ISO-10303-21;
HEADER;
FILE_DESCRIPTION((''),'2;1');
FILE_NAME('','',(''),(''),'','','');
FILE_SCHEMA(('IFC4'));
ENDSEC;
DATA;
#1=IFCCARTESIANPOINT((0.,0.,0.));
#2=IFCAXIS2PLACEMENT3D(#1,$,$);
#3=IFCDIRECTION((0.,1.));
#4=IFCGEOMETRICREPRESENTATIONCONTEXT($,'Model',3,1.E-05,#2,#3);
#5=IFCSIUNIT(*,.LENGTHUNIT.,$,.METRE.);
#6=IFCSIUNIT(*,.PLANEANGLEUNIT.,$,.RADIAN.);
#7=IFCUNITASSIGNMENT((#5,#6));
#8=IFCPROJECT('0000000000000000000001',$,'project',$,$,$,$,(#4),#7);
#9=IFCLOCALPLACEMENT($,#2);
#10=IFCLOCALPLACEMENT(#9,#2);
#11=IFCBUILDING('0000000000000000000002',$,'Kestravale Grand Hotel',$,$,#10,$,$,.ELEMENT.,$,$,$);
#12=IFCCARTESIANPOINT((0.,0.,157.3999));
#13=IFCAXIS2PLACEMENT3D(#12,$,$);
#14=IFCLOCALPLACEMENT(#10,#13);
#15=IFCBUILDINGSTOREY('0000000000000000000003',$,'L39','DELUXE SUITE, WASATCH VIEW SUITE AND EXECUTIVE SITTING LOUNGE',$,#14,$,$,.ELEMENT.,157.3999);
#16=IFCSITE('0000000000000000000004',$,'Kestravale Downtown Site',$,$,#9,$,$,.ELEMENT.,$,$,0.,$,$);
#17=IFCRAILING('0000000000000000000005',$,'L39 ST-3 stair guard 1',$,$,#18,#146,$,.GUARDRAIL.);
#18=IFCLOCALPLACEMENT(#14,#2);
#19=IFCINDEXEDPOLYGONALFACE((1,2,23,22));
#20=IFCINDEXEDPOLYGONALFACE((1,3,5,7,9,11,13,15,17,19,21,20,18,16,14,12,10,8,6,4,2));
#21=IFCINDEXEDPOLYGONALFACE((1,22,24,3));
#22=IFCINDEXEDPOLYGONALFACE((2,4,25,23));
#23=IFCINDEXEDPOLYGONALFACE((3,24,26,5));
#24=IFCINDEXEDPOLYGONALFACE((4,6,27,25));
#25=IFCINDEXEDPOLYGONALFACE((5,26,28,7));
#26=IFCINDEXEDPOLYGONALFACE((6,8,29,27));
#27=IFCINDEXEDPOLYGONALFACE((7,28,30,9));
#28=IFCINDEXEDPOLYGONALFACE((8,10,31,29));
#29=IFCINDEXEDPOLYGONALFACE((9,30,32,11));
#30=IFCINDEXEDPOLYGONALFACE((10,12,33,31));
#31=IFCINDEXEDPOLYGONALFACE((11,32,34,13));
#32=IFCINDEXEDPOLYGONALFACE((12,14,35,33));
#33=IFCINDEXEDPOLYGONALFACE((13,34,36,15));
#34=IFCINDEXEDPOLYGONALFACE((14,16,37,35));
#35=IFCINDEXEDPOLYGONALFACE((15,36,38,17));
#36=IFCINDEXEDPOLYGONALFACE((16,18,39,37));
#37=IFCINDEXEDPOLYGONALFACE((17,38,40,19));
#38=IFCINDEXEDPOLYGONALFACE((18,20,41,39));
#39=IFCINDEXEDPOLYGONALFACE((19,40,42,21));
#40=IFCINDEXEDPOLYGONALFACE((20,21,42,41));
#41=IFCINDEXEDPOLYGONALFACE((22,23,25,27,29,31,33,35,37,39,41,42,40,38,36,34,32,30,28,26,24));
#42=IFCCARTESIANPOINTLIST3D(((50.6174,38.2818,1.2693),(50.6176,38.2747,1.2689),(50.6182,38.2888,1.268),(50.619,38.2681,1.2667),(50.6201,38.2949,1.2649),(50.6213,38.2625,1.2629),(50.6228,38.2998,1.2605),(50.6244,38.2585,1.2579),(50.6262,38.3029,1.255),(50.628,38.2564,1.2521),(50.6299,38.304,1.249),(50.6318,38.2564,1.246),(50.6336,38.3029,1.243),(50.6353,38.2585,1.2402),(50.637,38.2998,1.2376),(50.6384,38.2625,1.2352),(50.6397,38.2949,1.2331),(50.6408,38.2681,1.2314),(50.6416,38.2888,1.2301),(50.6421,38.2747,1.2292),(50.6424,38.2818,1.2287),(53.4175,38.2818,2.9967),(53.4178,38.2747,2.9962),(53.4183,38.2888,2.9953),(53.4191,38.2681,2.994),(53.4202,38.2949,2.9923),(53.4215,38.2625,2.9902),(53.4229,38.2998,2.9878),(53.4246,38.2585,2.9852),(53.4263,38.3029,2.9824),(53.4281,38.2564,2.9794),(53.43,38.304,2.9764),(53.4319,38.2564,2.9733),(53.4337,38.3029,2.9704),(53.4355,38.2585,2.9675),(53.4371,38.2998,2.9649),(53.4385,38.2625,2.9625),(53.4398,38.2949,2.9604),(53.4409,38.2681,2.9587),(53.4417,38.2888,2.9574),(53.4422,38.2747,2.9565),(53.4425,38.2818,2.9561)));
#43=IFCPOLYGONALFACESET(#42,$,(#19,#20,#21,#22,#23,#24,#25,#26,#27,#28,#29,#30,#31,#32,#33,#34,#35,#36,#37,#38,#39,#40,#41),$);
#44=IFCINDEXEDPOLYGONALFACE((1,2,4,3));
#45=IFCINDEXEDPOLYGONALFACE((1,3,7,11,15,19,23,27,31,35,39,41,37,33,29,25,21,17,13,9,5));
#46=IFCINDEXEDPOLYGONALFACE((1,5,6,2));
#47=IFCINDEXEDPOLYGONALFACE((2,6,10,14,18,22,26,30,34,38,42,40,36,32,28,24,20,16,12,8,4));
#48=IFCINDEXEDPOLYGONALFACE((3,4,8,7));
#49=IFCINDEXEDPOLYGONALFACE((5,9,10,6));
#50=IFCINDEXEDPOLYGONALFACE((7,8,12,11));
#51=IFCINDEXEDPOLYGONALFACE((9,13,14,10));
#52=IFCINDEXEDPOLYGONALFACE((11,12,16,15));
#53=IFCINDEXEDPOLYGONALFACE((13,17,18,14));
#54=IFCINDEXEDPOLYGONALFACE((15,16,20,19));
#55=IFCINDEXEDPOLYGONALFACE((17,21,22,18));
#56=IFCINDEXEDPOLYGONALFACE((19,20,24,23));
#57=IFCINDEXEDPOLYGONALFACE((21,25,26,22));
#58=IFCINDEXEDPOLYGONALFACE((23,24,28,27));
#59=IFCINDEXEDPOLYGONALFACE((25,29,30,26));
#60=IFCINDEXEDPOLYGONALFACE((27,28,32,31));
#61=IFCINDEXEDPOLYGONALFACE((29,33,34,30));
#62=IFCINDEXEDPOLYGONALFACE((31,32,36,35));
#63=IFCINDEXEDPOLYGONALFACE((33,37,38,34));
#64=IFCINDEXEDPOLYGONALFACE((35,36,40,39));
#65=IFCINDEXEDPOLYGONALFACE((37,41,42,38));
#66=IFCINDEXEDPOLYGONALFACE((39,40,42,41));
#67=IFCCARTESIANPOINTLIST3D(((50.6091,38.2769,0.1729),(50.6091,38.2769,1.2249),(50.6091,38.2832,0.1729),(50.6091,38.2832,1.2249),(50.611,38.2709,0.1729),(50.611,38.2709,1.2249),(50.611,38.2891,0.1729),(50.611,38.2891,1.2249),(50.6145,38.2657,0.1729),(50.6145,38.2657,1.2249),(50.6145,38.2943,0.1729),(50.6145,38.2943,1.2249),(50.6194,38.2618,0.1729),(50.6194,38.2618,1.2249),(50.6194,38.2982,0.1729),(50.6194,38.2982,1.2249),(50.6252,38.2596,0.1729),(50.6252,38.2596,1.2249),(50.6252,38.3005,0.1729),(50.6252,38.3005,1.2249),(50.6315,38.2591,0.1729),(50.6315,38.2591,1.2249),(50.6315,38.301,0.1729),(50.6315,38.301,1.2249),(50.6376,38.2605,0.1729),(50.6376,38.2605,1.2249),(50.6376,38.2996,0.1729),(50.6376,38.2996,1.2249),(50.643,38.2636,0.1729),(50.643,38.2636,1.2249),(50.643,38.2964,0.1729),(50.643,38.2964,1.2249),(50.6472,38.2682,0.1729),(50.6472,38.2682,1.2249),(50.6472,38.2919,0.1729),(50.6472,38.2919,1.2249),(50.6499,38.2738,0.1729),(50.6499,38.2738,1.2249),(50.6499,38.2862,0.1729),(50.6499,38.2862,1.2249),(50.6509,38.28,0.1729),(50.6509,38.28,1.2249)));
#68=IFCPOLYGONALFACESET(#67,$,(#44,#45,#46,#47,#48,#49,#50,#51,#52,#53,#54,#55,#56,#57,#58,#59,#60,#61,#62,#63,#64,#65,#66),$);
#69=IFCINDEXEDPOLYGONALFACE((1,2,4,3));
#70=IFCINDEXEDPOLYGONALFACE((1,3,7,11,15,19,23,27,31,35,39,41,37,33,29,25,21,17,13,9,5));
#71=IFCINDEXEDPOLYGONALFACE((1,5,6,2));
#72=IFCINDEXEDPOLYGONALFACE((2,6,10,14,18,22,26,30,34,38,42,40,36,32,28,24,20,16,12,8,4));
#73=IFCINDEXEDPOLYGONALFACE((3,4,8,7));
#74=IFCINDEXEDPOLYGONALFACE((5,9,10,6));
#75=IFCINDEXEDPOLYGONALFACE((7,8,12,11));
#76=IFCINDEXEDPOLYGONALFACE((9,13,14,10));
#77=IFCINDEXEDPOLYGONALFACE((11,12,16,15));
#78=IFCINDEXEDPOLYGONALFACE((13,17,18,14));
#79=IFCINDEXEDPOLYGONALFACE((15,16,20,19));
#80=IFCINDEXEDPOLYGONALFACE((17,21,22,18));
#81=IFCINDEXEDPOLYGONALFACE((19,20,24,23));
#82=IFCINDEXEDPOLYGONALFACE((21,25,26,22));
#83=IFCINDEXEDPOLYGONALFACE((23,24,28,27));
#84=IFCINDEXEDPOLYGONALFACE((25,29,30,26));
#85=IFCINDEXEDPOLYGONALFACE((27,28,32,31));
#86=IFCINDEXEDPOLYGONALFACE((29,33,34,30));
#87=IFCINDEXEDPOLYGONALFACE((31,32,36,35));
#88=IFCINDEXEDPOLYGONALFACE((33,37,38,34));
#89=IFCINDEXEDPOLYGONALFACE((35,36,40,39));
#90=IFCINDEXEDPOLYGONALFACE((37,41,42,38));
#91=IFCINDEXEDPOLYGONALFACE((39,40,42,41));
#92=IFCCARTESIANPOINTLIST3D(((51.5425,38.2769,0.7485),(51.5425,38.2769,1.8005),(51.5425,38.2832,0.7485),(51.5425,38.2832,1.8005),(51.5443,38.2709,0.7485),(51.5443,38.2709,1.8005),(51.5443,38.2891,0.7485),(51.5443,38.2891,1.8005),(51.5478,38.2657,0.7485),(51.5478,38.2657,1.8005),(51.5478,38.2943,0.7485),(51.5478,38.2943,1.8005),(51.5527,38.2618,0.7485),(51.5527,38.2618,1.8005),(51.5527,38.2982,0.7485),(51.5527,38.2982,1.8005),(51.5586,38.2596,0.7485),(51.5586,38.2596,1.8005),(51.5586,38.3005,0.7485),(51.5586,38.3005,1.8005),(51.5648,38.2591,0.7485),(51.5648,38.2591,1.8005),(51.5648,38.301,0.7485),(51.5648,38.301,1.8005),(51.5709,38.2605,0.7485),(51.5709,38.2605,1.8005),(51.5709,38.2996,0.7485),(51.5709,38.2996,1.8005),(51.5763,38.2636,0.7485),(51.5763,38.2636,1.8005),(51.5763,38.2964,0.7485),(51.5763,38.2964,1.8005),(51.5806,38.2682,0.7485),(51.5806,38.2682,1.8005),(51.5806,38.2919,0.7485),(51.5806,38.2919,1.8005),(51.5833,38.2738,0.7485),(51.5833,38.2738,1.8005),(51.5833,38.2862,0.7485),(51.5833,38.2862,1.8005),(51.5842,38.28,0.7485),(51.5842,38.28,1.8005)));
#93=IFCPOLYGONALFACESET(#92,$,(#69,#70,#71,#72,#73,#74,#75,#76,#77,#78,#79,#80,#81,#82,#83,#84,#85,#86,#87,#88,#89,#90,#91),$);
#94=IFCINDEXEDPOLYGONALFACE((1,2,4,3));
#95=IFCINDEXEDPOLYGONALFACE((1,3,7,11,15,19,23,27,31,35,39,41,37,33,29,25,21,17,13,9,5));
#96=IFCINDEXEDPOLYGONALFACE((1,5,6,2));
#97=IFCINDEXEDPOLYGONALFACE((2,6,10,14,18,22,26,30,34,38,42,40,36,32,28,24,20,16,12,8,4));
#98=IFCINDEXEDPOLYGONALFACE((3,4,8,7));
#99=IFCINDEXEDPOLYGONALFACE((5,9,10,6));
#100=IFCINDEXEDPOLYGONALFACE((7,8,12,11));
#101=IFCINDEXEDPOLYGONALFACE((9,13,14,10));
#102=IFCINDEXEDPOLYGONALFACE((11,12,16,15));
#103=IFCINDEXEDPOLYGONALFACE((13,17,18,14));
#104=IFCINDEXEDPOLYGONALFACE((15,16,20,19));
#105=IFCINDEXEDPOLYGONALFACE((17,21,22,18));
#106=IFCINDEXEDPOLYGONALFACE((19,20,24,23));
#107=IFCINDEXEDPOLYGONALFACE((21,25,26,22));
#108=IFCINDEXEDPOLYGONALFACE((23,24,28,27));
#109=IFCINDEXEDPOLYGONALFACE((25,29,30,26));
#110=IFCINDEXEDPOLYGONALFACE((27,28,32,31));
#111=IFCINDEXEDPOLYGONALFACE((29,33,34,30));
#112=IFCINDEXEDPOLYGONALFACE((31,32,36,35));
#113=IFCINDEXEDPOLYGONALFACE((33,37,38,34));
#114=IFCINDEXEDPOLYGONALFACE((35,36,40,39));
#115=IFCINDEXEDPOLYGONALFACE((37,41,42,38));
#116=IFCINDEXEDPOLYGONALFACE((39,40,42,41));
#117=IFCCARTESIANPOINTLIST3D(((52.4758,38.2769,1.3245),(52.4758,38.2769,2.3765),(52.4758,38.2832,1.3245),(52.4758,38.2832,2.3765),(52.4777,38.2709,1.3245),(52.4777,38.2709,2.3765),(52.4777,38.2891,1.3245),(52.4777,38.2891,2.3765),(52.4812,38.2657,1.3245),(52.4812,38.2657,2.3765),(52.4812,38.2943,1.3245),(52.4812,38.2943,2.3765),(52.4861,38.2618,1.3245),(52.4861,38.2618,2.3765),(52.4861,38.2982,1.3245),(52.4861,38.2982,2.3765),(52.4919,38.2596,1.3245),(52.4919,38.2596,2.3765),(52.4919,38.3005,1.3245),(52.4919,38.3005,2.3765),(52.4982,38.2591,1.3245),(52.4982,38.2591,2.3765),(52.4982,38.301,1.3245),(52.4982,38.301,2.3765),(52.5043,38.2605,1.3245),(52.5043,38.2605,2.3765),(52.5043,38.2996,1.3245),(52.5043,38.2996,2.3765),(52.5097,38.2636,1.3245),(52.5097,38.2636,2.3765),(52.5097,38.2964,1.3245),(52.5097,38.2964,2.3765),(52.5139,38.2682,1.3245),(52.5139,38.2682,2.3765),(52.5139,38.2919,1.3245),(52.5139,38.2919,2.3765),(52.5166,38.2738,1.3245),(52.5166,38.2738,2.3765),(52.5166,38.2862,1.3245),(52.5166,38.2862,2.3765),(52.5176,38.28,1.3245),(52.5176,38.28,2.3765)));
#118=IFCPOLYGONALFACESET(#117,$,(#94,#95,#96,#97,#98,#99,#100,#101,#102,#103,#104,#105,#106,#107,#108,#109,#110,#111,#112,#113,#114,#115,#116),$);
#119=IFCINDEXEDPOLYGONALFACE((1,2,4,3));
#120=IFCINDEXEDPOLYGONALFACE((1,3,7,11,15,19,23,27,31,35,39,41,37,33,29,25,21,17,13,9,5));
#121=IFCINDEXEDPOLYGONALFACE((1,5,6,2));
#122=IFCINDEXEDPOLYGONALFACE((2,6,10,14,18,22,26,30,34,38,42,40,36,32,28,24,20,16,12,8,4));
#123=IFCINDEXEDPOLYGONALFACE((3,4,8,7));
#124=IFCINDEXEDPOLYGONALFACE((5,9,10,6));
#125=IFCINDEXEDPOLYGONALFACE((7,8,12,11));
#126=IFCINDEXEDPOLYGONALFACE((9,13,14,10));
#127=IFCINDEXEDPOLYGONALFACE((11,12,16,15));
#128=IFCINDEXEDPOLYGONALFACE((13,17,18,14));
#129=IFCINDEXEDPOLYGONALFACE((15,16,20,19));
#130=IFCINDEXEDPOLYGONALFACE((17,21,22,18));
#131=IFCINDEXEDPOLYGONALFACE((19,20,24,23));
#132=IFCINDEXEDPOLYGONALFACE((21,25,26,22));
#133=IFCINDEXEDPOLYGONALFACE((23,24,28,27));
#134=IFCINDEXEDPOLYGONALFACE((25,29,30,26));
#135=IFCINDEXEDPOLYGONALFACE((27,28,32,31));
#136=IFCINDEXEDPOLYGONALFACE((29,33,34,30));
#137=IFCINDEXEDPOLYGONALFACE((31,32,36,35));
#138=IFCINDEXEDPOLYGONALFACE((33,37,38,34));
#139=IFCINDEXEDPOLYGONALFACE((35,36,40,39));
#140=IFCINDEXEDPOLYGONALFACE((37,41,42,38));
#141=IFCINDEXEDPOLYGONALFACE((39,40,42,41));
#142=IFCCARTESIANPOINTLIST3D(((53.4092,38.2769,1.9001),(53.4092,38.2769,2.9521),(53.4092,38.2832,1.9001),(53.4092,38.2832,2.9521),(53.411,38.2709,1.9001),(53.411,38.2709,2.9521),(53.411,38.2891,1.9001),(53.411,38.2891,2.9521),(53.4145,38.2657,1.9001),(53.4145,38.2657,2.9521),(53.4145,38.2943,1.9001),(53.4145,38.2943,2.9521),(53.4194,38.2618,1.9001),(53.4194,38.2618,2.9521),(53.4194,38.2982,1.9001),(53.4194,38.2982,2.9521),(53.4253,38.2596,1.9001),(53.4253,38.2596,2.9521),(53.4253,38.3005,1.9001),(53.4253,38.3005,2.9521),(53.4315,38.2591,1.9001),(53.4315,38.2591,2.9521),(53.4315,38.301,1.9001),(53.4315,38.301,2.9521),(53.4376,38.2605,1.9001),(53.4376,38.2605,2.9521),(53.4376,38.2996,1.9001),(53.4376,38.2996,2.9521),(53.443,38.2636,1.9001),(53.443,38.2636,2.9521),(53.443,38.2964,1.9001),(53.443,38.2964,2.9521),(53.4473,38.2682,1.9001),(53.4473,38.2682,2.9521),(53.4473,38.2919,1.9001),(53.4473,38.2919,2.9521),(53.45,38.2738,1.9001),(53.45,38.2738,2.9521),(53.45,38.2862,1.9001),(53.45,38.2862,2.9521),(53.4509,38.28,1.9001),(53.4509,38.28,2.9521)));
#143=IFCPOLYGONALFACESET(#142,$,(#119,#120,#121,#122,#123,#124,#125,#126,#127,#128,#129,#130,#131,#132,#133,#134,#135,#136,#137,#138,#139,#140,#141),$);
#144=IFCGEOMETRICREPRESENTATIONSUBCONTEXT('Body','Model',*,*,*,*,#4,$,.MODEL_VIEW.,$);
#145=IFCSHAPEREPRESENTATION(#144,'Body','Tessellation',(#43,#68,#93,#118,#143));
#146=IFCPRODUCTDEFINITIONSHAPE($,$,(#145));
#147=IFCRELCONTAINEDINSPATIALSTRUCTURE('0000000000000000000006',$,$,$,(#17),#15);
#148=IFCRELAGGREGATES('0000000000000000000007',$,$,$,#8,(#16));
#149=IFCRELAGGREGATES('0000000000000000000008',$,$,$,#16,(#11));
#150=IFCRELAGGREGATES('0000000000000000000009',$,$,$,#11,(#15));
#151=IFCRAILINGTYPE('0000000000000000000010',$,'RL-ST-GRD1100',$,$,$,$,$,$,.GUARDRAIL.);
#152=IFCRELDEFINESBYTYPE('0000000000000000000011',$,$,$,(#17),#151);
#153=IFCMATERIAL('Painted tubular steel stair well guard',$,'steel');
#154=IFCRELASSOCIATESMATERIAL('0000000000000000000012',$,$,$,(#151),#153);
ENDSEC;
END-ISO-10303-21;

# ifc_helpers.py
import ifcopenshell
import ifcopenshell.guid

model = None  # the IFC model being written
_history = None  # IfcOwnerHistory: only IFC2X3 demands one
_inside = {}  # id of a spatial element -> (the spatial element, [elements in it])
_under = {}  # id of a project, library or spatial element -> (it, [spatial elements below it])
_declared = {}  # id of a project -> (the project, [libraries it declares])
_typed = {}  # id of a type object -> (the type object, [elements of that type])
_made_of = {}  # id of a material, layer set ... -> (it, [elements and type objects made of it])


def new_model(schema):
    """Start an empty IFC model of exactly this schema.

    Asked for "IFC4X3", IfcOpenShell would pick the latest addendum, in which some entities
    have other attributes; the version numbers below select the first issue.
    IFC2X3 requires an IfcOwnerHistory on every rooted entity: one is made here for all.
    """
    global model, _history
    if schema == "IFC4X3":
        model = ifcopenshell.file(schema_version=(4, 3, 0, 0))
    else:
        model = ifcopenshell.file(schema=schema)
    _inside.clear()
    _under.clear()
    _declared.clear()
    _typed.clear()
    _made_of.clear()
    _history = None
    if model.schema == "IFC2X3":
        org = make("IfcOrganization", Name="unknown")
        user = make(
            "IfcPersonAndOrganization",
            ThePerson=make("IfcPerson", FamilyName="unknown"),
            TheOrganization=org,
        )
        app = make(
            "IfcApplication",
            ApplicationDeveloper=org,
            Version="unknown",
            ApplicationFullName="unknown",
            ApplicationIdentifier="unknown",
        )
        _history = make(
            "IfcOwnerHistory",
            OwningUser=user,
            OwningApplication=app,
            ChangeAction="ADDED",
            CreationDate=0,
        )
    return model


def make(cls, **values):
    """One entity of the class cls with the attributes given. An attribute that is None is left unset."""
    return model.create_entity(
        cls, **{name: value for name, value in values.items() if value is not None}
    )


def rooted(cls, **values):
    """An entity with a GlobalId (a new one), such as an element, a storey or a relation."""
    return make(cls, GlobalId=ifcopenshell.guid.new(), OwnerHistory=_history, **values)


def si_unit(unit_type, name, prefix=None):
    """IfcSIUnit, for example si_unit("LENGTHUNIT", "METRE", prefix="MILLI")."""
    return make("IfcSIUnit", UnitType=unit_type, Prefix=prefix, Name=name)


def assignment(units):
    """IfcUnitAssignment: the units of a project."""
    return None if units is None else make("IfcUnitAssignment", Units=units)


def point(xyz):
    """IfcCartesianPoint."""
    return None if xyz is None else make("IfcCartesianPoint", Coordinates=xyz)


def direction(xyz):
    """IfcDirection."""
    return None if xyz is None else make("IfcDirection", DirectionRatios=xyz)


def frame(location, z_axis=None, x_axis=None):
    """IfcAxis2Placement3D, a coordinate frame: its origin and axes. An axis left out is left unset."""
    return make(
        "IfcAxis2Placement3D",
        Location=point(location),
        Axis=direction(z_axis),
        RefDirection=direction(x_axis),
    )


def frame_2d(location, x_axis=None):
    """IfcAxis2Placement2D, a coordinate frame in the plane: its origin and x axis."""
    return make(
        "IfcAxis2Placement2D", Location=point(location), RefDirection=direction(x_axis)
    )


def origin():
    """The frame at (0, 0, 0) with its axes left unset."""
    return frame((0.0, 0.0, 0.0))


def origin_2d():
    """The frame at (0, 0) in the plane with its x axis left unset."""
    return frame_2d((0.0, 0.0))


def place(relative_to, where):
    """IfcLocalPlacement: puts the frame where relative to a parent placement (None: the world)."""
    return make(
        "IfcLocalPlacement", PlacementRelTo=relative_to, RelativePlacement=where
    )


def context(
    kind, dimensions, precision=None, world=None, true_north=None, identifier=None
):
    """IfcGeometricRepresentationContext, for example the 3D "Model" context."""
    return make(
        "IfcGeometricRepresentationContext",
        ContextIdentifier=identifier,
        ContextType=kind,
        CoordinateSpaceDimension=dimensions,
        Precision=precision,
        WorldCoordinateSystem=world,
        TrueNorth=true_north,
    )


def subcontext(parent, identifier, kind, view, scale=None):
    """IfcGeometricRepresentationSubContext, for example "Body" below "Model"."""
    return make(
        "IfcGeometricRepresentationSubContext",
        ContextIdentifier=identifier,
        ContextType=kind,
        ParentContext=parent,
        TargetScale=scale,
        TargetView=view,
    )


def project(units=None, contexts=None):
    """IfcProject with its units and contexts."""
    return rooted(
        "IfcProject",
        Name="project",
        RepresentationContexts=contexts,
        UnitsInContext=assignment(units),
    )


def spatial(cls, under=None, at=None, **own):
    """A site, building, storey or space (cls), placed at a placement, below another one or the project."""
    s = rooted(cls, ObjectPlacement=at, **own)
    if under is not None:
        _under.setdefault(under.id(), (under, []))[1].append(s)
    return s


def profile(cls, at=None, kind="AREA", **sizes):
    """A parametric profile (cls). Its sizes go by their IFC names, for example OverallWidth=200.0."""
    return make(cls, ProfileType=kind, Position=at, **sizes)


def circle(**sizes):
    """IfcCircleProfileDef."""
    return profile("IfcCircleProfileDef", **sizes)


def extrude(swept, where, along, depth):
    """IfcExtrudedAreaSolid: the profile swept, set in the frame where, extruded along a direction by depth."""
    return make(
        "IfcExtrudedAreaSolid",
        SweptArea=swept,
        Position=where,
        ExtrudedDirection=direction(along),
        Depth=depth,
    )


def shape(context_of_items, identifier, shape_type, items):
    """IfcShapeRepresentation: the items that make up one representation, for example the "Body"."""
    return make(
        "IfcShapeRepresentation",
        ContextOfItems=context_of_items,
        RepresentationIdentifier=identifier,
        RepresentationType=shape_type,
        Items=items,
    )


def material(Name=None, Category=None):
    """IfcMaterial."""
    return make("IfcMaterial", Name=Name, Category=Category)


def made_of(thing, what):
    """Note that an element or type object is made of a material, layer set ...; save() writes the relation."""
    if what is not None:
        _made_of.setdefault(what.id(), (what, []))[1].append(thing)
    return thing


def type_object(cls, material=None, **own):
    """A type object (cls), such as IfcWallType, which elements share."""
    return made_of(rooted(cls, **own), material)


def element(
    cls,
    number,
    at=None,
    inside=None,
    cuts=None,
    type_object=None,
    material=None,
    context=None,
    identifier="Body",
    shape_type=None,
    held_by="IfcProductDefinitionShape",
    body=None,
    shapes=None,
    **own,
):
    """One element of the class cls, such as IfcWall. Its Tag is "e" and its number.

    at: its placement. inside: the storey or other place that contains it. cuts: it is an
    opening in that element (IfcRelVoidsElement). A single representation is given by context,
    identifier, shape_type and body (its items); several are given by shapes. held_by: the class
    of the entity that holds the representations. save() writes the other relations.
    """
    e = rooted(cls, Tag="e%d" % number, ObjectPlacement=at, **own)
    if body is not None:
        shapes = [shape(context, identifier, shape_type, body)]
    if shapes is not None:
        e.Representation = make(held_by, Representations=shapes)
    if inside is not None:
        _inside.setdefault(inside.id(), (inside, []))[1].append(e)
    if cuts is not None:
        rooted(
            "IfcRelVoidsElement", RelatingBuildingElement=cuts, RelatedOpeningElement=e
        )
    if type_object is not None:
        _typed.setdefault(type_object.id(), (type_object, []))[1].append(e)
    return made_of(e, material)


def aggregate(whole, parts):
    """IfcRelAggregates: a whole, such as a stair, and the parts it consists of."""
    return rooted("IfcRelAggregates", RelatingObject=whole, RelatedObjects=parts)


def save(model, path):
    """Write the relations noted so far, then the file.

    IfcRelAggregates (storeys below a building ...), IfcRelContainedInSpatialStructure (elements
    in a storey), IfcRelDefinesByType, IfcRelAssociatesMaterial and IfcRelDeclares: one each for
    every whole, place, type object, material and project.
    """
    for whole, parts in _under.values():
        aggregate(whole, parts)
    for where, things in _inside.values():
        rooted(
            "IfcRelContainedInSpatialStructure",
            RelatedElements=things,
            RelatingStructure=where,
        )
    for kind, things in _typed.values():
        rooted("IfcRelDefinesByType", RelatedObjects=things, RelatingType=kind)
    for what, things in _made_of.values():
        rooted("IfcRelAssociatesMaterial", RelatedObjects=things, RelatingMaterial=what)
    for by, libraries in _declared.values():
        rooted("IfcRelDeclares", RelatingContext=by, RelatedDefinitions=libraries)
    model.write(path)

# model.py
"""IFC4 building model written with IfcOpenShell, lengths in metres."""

from ifc_helpers import new_model, si_unit, direction, frame, origin, origin_2d, place, context, subcontext, project, spatial, circle, extrude, material, type_object, element, save


model = new_model("IFC4")

# Units and contexts
model_context = context("Model", 3, precision=1e-05, world=origin(), true_north=direction((0.0, 1.0)))
body_context = subcontext(model_context, "Body", "Model", "MODEL_VIEW")
ifc_project = project(units=[si_unit("LENGTHUNIT", "METRE"), si_unit("PLANEANGLEUNIT", "RADIAN")], contexts=[model_context])

# Site, building, storey
site_placement = place(None, origin())
site = spatial("IfcSite", under=ifc_project, at=site_placement, Name="Kestravale Downtown Site", CompositionType="ELEMENT", RefElevation=0.0)
building_placement = place(site_placement, origin())
building = spatial("IfcBuilding", under=site, at=building_placement, Name="Kestravale Grand Hotel", CompositionType="ELEMENT")
storey_placement = place(building_placement, frame((0.0, 0.0, 157.3999)))
storey = spatial("IfcBuildingStorey", under=building, at=storey_placement, Name="L39", Description="DELUXE SUITE, WASATCH VIEW SUITE AND EXECUTIVE SITTING LOUNGE", CompositionType="ELEMENT", Elevation=157.3999)

# Railing
ifc_material_1 = material(Name="Painted tubular steel stair well guard", Category="steel")
railing_type_1 = type_object("IfcRailingType", Name="RL-ST-GRD1100", PredefinedType="GUARDRAIL", material=ifc_material_1)
railing_1_placement = place(storey_placement, frame((50.6299, 38.28, 0.1729)))
element("IfcRailing", 1, at=railing_1_placement, inside=storey, type_object=railing_type_1, Name="L39 ST-3 stair guard 1", PredefinedType="GUARDRAIL", context=body_context, shape_type="SweptSolid", body=[
    extrude(circle(Radius=0.0239, at=origin_2d()), frame((0.0, 0.0, 1.0762), z_axis=(0.85109, 0.0, 0.52502), x_axis=(0.0, 1.0, 0.0)), (0.0, 0.0, 1.0), 3.29),
    extrude(circle(Radius=0.021, at=origin_2d()), origin(), (0.0, 0.0, 1.0), 1.052),
    extrude(circle(Radius=0.021, at=origin_2d()), frame((0.9333, 0.0, 0.5757)), (0.0, 0.0, 1.0), 1.052),
    extrude(circle(Radius=0.021, at=origin_2d()), frame((1.8667, 0.0, 1.1516)), (0.0, 0.0, 1.0), 1.052),
    extrude(circle(Radius=0.021, at=origin_2d()), frame((2.8, 0.0, 1.7273)), (0.0, 0.0, 1.0), 1.052),
])

save(model, "model.ifc")
